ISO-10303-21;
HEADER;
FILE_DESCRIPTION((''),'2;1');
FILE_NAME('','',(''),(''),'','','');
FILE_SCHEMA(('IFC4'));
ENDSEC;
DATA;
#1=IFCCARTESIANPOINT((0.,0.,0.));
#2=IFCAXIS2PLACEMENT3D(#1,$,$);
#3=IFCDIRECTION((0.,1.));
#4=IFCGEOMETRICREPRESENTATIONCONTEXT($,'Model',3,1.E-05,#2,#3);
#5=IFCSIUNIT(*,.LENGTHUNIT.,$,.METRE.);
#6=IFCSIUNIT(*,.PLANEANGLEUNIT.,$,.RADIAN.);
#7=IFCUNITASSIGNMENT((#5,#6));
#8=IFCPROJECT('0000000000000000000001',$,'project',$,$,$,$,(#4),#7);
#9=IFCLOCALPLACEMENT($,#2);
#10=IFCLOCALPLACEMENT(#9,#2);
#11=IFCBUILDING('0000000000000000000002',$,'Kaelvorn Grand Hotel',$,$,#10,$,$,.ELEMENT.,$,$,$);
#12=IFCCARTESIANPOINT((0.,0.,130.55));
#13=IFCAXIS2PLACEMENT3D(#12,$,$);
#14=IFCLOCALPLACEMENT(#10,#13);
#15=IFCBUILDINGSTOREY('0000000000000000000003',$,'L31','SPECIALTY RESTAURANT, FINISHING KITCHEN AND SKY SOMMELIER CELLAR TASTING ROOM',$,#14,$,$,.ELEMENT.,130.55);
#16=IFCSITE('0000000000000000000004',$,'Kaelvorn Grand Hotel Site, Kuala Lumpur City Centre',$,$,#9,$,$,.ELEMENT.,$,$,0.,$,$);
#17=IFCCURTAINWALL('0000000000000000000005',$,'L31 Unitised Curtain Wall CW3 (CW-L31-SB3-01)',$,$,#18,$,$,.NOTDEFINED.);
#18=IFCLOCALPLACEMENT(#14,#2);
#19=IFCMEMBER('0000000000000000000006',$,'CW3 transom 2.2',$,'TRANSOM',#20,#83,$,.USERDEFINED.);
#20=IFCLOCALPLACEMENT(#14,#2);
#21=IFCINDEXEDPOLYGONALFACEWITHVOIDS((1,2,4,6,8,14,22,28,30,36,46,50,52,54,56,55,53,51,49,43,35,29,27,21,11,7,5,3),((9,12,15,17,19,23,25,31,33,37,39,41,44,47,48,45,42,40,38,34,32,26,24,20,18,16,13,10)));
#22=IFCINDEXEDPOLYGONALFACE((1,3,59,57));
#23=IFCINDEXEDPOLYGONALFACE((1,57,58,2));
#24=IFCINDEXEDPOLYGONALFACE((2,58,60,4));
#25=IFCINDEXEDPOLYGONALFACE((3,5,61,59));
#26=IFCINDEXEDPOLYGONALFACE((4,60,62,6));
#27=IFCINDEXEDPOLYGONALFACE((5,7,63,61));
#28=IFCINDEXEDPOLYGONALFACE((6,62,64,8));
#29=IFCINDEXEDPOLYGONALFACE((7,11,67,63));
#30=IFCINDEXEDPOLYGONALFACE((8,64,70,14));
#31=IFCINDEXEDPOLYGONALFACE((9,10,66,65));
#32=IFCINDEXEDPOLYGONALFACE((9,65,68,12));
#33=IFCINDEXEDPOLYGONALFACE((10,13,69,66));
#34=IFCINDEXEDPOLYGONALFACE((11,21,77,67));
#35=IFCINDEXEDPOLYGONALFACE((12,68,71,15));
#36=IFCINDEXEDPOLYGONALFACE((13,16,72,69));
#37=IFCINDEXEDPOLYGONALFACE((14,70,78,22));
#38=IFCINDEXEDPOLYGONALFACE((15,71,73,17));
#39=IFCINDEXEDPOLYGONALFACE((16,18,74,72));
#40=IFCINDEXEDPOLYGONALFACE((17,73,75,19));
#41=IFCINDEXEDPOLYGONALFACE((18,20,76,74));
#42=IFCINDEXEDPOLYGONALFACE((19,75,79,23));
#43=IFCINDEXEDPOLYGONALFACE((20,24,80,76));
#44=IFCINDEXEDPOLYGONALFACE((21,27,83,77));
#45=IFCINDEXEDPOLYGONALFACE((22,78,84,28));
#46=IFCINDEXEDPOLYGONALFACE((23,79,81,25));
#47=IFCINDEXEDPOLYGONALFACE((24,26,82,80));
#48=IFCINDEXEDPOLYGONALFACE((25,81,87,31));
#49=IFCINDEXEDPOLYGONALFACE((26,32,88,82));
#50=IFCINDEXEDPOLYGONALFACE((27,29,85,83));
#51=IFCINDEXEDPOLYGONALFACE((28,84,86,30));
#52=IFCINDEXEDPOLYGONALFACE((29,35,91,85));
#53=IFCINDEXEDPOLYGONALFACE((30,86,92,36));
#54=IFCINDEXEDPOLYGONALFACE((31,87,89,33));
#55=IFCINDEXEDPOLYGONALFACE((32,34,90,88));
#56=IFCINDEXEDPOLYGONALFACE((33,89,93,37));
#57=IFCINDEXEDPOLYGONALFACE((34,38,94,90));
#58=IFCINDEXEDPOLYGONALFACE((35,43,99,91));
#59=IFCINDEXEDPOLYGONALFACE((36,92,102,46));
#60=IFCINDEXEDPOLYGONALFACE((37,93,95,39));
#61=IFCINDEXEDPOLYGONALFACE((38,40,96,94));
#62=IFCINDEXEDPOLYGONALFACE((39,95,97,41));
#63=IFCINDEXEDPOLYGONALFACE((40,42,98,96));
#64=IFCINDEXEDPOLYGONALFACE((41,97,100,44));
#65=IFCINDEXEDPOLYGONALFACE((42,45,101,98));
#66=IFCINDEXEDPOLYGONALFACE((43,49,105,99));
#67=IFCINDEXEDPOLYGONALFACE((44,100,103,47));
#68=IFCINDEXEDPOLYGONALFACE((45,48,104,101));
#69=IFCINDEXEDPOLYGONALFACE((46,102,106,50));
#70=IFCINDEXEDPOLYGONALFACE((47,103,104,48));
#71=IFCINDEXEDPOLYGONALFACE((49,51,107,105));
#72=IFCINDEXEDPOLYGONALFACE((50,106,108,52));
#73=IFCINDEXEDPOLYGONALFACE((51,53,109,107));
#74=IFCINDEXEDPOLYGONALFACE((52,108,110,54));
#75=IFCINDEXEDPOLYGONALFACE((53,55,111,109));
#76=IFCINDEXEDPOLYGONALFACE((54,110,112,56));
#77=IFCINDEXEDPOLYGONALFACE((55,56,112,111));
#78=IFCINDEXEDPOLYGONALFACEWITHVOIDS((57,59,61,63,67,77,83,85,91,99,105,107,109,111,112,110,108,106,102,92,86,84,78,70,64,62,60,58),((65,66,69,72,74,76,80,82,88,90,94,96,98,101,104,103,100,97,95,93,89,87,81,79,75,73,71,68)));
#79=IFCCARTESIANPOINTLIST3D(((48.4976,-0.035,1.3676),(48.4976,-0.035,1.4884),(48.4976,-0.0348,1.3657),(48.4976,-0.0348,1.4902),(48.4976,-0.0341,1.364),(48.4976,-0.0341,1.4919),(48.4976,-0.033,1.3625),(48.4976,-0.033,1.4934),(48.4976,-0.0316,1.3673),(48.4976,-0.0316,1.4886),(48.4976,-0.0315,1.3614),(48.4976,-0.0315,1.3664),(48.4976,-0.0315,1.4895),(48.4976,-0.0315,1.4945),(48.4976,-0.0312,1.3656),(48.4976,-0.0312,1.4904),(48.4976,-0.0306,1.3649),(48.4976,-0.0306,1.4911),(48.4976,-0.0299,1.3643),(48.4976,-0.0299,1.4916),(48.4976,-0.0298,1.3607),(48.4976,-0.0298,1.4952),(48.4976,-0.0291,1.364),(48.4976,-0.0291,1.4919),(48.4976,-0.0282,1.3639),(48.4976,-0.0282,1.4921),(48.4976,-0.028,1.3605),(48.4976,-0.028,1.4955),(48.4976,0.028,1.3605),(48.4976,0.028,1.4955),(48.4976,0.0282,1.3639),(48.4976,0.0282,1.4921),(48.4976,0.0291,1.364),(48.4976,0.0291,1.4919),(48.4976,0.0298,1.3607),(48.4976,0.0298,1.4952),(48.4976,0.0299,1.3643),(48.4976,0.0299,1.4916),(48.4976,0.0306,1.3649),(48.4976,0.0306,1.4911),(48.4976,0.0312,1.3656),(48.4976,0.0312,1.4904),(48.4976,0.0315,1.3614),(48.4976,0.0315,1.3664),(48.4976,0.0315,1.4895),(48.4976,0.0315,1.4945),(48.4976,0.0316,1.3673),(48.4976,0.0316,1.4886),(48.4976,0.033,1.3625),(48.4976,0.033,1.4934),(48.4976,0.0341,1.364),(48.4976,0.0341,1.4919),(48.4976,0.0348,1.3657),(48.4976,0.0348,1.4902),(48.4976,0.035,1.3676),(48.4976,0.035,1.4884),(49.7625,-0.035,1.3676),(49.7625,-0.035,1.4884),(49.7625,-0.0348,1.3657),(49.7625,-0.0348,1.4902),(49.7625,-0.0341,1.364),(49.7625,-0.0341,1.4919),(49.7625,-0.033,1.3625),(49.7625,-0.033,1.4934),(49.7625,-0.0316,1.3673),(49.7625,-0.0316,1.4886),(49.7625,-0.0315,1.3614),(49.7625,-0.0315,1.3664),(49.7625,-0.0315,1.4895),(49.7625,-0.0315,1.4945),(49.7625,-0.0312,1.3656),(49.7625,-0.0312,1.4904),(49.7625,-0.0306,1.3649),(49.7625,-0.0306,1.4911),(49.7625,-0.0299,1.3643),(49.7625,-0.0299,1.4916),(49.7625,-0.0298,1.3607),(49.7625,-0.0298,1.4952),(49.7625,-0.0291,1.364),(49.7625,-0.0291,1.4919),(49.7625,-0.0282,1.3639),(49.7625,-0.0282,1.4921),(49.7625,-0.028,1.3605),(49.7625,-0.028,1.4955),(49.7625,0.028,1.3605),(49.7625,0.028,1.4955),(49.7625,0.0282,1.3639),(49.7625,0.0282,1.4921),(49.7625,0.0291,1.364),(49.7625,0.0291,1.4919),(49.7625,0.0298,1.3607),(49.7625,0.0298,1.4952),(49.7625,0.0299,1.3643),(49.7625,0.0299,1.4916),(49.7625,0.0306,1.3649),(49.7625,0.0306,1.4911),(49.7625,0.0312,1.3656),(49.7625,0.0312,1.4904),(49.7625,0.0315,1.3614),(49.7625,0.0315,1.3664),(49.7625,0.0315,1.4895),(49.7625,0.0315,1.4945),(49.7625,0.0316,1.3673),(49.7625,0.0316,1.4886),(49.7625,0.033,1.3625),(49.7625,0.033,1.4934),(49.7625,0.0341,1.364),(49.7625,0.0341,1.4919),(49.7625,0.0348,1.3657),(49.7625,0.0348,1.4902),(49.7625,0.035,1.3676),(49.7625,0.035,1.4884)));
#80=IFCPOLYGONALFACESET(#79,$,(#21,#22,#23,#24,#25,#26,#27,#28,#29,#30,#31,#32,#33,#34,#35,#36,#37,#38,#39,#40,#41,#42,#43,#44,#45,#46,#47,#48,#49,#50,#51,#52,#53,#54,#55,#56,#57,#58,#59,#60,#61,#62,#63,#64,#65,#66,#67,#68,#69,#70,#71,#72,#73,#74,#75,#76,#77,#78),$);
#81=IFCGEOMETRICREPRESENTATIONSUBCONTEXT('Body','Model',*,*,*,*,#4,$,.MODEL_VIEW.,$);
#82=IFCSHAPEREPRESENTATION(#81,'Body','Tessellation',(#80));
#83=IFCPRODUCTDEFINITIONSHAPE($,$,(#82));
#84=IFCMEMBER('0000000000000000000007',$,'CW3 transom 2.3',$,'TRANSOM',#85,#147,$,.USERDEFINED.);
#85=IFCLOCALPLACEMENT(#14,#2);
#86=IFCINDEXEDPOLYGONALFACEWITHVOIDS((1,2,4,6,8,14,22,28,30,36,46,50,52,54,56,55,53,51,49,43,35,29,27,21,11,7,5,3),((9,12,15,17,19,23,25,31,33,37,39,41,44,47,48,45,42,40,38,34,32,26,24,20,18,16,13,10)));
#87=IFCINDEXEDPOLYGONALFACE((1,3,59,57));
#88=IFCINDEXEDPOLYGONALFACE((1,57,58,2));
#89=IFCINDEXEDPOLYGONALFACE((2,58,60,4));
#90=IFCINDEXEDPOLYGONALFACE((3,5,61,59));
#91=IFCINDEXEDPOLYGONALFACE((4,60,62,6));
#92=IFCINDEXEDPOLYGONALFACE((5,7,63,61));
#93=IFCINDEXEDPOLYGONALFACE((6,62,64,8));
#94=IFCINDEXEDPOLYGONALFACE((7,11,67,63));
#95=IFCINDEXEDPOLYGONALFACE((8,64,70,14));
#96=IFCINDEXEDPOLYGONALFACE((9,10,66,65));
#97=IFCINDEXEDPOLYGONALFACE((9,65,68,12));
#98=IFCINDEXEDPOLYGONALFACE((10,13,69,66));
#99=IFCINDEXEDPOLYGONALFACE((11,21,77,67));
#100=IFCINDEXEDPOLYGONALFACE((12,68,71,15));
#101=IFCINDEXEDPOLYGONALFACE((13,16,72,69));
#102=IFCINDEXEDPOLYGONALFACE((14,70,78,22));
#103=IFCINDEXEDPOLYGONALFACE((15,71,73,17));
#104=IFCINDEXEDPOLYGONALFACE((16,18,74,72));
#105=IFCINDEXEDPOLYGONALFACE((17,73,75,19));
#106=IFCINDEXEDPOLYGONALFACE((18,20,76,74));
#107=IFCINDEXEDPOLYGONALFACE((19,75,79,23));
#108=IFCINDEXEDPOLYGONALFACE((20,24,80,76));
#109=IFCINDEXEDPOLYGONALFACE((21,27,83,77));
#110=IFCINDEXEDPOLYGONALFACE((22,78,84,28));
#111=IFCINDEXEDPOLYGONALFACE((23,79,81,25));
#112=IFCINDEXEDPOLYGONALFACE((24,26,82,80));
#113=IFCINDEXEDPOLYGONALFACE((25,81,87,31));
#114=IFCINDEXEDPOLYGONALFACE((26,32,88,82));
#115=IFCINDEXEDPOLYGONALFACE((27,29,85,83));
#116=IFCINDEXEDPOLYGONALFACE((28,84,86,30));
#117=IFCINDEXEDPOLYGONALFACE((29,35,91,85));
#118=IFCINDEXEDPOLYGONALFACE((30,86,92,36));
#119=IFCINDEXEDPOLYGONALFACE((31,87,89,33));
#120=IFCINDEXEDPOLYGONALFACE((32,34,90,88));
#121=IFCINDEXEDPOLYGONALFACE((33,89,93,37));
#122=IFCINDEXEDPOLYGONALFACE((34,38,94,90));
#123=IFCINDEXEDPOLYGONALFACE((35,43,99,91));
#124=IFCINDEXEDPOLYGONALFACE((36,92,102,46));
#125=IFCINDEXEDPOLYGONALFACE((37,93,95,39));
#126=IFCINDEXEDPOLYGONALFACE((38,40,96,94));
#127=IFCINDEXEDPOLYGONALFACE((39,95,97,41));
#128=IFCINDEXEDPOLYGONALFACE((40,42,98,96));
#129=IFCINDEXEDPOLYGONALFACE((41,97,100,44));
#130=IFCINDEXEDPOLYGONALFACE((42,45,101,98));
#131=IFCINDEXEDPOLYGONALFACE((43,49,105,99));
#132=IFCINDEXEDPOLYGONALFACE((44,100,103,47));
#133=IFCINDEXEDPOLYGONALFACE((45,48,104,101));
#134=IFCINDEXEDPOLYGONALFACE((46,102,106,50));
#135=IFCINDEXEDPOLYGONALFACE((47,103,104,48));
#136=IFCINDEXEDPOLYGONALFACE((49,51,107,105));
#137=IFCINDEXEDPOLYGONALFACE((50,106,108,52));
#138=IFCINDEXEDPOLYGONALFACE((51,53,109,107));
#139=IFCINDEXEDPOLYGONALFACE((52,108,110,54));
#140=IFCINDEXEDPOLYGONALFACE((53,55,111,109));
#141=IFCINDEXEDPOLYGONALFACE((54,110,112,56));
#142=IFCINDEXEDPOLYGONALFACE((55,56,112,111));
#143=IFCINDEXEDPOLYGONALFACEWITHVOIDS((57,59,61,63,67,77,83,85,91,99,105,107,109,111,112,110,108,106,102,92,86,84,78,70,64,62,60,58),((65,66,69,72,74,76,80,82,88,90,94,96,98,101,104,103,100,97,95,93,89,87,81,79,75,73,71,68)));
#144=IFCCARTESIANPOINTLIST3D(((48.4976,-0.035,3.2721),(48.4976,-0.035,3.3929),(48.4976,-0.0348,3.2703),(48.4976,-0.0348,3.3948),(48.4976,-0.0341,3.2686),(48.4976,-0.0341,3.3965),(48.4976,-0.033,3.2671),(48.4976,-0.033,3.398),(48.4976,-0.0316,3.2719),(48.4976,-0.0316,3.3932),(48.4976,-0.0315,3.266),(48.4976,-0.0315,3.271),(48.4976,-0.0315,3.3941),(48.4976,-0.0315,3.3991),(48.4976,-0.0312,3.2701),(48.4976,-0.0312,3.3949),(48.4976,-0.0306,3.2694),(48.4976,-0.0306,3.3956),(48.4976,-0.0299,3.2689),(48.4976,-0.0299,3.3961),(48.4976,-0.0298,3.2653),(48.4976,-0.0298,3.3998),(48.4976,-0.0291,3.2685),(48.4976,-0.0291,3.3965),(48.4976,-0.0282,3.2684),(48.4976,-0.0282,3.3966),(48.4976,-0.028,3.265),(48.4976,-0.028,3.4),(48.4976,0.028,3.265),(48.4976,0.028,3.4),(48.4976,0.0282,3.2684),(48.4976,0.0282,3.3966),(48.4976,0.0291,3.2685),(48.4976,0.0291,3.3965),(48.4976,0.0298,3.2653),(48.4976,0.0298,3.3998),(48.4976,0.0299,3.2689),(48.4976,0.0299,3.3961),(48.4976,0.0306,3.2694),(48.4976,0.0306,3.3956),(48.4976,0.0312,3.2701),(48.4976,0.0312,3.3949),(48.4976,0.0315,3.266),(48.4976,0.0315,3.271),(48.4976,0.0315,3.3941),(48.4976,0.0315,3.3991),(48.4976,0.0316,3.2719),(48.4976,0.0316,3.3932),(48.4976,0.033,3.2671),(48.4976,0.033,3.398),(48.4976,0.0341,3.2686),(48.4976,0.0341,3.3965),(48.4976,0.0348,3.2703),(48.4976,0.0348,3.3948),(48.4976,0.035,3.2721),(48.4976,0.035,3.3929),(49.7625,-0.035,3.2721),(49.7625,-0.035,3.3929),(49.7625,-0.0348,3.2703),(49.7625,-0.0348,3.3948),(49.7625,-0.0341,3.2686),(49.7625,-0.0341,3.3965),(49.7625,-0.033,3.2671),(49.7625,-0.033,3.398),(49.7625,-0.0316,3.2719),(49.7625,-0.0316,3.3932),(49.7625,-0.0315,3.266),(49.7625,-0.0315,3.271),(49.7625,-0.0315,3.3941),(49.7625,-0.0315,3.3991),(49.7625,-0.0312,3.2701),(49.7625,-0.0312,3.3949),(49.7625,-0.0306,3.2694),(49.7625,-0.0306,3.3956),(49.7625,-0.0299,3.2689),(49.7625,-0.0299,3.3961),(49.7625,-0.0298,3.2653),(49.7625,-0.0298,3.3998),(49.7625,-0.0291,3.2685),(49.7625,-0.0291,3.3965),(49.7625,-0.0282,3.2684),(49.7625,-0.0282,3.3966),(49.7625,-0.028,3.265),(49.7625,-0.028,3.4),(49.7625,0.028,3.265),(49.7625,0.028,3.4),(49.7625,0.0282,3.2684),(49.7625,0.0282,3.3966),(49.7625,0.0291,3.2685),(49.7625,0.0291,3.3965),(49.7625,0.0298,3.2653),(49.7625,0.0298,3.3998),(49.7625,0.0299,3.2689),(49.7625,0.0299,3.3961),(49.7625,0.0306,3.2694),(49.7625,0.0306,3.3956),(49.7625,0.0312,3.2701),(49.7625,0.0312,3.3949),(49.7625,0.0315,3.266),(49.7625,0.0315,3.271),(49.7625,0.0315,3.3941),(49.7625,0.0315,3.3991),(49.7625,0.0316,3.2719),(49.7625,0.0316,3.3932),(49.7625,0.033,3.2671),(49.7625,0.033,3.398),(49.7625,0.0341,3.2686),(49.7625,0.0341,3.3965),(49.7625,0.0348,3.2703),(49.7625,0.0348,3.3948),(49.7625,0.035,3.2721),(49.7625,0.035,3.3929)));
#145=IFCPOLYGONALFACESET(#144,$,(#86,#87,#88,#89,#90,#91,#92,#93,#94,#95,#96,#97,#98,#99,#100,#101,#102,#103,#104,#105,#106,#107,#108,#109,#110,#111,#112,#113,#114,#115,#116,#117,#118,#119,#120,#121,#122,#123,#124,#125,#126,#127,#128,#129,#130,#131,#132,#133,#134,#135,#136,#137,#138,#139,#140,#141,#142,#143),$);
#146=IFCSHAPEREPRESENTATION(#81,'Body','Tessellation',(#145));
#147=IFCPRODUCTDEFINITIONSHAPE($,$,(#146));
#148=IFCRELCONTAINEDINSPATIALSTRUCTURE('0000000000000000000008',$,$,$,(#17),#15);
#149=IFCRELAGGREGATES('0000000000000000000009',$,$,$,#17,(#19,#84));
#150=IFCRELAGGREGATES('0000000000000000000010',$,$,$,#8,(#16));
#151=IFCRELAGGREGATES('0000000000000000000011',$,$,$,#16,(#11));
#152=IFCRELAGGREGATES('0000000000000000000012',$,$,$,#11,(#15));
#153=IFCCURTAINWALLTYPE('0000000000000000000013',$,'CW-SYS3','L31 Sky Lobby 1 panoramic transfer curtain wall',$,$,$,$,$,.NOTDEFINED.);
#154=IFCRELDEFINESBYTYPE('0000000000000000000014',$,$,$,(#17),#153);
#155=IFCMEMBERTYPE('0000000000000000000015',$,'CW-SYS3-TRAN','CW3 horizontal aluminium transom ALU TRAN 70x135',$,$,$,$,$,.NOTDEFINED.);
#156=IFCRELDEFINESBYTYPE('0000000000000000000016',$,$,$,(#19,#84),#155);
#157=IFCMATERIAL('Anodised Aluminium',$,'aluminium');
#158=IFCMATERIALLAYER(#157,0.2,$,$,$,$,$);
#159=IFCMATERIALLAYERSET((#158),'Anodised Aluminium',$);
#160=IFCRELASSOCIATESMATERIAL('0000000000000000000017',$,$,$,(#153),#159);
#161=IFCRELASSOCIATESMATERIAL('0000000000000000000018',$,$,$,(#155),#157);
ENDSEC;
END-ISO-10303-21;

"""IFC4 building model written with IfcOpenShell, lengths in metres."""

from ifc_helpers import new_model, si_unit, direction, frame, origin, origin_2d, place, context, subcontext, project, spatial, hollow_rectangle, extrude, material, layer, layer_set, material_profile, profile_set, type_object, element, aggregate, save


model = new_model("IFC4")

# Units and contexts
model_context = context("Model", 3, precision=1e-05, world=origin(), true_north=direction((0.0, 1.0)))
body_context = subcontext(model_context, "Body", "Model", "MODEL_VIEW")
ifc_project = project(units=[si_unit("LENGTHUNIT", "METRE"), si_unit("PLANEANGLEUNIT", "RADIAN")], contexts=[model_context])

# Site, building, storey
site_placement = place(None, origin())
site = spatial("IfcSite", under=ifc_project, at=site_placement, Name="Kaelvorn Grand Hotel Site, Kuala Lumpur City Centre", CompositionType="ELEMENT", RefElevation=0.0)
building_placement = place(site_placement, origin())
building = spatial("IfcBuilding", under=site, at=building_placement, Name="Kaelvorn Grand Hotel", CompositionType="ELEMENT")
storey_placement = place(building_placement, frame((0.0, 0.0, 130.55)))
storey = spatial("IfcBuildingStorey", under=building, at=storey_placement, Name="L31", Description="SPECIALTY RESTAURANT, FINISHING KITCHEN AND SKY SOMMELIER CELLAR TASTING ROOM", CompositionType="ELEMENT", Elevation=130.55)

# Curtain wall, members
ifc_material_1 = material(Name="Anodised Aluminium", Category="aluminium")
ifc_layer_1 = layer(ifc_material_1, 0.2)
ifc_layer_set_1 = layer_set([ifc_layer_1], Name="Anodised Aluminium")
curtain_wall_type = type_object("IfcCurtainWallType", Name="CW-SYS3", Description="L31 Sky Lobby 1 panoramic transfer curtain wall", PredefinedType="NOTDEFINED", material=ifc_layer_set_1)
curtain_wall_placement = place(storey_placement, origin())
curtain_wall = element("IfcCurtainWall", 1, at=curtain_wall_placement, inside=storey, type_object=curtain_wall_type, Name="L31 Unitised Curtain Wall CW3 (CW-L31-SB3-01)", PredefinedType="NOTDEFINED")
ifc_material_profile_1 = material_profile(ifc_material_1, hollow_rectangle(XDim=0.0701, YDim=0.135, WallThickness=0.0034, InnerFilletRadius=0.0034, OuterFilletRadius=0.0071, at=origin_2d()), Name="ALU TRAN 70x135")
ifc_profile_set_1 = profile_set([ifc_material_profile_1], Name="Anodised Aluminium")
member_type_1 = type_object("IfcMemberType", Name="CW-SYS3-TRAN", Description="CW3 horizontal aluminium transom ALU TRAN 70x135", PredefinedType="NOTDEFINED", material=ifc_profile_set_1)
member_1_placement = place(storey_placement, frame((48.4976, 0.0, 1.428), z_axis=(1.0, 0.0, 0.0), x_axis=(0.0, 1.0, 0.0)))
member_1 = element("IfcMember", 2, at=member_1_placement, type_object=member_type_1, Name="CW3 transom 2.2", ObjectType="TRANSOM", PredefinedType="USERDEFINED", context=body_context, shape_type="SweptSolid", body=[
    extrude(hollow_rectangle(XDim=0.0701, YDim=0.135, WallThickness=0.0034, InnerFilletRadius=0.0034, OuterFilletRadius=0.0071, at=origin_2d()), origin(), (0.0, 0.0, 1.0), 1.2649),
])
member_2_placement = place(storey_placement, frame((48.4976, 0.0, 3.3325), z_axis=(1.0, 0.0, 0.0), x_axis=(0.0, 1.0, 0.0)))
member_2 = element("IfcMember", 3, at=member_2_placement, type_object=member_type_1, Name="CW3 transom 2.3", ObjectType="TRANSOM", PredefinedType="USERDEFINED", context=body_context, shape_type="SweptSolid", body=[
    extrude(hollow_rectangle(XDim=0.0701, YDim=0.135, WallThickness=0.0034, InnerFilletRadius=0.0034, OuterFilletRadius=0.0071, at=origin_2d()), origin(), (0.0, 0.0, 1.0), 1.2649),
])
aggregate(curtain_wall, [member_1, member_2])

save(model, "model.ifc")
